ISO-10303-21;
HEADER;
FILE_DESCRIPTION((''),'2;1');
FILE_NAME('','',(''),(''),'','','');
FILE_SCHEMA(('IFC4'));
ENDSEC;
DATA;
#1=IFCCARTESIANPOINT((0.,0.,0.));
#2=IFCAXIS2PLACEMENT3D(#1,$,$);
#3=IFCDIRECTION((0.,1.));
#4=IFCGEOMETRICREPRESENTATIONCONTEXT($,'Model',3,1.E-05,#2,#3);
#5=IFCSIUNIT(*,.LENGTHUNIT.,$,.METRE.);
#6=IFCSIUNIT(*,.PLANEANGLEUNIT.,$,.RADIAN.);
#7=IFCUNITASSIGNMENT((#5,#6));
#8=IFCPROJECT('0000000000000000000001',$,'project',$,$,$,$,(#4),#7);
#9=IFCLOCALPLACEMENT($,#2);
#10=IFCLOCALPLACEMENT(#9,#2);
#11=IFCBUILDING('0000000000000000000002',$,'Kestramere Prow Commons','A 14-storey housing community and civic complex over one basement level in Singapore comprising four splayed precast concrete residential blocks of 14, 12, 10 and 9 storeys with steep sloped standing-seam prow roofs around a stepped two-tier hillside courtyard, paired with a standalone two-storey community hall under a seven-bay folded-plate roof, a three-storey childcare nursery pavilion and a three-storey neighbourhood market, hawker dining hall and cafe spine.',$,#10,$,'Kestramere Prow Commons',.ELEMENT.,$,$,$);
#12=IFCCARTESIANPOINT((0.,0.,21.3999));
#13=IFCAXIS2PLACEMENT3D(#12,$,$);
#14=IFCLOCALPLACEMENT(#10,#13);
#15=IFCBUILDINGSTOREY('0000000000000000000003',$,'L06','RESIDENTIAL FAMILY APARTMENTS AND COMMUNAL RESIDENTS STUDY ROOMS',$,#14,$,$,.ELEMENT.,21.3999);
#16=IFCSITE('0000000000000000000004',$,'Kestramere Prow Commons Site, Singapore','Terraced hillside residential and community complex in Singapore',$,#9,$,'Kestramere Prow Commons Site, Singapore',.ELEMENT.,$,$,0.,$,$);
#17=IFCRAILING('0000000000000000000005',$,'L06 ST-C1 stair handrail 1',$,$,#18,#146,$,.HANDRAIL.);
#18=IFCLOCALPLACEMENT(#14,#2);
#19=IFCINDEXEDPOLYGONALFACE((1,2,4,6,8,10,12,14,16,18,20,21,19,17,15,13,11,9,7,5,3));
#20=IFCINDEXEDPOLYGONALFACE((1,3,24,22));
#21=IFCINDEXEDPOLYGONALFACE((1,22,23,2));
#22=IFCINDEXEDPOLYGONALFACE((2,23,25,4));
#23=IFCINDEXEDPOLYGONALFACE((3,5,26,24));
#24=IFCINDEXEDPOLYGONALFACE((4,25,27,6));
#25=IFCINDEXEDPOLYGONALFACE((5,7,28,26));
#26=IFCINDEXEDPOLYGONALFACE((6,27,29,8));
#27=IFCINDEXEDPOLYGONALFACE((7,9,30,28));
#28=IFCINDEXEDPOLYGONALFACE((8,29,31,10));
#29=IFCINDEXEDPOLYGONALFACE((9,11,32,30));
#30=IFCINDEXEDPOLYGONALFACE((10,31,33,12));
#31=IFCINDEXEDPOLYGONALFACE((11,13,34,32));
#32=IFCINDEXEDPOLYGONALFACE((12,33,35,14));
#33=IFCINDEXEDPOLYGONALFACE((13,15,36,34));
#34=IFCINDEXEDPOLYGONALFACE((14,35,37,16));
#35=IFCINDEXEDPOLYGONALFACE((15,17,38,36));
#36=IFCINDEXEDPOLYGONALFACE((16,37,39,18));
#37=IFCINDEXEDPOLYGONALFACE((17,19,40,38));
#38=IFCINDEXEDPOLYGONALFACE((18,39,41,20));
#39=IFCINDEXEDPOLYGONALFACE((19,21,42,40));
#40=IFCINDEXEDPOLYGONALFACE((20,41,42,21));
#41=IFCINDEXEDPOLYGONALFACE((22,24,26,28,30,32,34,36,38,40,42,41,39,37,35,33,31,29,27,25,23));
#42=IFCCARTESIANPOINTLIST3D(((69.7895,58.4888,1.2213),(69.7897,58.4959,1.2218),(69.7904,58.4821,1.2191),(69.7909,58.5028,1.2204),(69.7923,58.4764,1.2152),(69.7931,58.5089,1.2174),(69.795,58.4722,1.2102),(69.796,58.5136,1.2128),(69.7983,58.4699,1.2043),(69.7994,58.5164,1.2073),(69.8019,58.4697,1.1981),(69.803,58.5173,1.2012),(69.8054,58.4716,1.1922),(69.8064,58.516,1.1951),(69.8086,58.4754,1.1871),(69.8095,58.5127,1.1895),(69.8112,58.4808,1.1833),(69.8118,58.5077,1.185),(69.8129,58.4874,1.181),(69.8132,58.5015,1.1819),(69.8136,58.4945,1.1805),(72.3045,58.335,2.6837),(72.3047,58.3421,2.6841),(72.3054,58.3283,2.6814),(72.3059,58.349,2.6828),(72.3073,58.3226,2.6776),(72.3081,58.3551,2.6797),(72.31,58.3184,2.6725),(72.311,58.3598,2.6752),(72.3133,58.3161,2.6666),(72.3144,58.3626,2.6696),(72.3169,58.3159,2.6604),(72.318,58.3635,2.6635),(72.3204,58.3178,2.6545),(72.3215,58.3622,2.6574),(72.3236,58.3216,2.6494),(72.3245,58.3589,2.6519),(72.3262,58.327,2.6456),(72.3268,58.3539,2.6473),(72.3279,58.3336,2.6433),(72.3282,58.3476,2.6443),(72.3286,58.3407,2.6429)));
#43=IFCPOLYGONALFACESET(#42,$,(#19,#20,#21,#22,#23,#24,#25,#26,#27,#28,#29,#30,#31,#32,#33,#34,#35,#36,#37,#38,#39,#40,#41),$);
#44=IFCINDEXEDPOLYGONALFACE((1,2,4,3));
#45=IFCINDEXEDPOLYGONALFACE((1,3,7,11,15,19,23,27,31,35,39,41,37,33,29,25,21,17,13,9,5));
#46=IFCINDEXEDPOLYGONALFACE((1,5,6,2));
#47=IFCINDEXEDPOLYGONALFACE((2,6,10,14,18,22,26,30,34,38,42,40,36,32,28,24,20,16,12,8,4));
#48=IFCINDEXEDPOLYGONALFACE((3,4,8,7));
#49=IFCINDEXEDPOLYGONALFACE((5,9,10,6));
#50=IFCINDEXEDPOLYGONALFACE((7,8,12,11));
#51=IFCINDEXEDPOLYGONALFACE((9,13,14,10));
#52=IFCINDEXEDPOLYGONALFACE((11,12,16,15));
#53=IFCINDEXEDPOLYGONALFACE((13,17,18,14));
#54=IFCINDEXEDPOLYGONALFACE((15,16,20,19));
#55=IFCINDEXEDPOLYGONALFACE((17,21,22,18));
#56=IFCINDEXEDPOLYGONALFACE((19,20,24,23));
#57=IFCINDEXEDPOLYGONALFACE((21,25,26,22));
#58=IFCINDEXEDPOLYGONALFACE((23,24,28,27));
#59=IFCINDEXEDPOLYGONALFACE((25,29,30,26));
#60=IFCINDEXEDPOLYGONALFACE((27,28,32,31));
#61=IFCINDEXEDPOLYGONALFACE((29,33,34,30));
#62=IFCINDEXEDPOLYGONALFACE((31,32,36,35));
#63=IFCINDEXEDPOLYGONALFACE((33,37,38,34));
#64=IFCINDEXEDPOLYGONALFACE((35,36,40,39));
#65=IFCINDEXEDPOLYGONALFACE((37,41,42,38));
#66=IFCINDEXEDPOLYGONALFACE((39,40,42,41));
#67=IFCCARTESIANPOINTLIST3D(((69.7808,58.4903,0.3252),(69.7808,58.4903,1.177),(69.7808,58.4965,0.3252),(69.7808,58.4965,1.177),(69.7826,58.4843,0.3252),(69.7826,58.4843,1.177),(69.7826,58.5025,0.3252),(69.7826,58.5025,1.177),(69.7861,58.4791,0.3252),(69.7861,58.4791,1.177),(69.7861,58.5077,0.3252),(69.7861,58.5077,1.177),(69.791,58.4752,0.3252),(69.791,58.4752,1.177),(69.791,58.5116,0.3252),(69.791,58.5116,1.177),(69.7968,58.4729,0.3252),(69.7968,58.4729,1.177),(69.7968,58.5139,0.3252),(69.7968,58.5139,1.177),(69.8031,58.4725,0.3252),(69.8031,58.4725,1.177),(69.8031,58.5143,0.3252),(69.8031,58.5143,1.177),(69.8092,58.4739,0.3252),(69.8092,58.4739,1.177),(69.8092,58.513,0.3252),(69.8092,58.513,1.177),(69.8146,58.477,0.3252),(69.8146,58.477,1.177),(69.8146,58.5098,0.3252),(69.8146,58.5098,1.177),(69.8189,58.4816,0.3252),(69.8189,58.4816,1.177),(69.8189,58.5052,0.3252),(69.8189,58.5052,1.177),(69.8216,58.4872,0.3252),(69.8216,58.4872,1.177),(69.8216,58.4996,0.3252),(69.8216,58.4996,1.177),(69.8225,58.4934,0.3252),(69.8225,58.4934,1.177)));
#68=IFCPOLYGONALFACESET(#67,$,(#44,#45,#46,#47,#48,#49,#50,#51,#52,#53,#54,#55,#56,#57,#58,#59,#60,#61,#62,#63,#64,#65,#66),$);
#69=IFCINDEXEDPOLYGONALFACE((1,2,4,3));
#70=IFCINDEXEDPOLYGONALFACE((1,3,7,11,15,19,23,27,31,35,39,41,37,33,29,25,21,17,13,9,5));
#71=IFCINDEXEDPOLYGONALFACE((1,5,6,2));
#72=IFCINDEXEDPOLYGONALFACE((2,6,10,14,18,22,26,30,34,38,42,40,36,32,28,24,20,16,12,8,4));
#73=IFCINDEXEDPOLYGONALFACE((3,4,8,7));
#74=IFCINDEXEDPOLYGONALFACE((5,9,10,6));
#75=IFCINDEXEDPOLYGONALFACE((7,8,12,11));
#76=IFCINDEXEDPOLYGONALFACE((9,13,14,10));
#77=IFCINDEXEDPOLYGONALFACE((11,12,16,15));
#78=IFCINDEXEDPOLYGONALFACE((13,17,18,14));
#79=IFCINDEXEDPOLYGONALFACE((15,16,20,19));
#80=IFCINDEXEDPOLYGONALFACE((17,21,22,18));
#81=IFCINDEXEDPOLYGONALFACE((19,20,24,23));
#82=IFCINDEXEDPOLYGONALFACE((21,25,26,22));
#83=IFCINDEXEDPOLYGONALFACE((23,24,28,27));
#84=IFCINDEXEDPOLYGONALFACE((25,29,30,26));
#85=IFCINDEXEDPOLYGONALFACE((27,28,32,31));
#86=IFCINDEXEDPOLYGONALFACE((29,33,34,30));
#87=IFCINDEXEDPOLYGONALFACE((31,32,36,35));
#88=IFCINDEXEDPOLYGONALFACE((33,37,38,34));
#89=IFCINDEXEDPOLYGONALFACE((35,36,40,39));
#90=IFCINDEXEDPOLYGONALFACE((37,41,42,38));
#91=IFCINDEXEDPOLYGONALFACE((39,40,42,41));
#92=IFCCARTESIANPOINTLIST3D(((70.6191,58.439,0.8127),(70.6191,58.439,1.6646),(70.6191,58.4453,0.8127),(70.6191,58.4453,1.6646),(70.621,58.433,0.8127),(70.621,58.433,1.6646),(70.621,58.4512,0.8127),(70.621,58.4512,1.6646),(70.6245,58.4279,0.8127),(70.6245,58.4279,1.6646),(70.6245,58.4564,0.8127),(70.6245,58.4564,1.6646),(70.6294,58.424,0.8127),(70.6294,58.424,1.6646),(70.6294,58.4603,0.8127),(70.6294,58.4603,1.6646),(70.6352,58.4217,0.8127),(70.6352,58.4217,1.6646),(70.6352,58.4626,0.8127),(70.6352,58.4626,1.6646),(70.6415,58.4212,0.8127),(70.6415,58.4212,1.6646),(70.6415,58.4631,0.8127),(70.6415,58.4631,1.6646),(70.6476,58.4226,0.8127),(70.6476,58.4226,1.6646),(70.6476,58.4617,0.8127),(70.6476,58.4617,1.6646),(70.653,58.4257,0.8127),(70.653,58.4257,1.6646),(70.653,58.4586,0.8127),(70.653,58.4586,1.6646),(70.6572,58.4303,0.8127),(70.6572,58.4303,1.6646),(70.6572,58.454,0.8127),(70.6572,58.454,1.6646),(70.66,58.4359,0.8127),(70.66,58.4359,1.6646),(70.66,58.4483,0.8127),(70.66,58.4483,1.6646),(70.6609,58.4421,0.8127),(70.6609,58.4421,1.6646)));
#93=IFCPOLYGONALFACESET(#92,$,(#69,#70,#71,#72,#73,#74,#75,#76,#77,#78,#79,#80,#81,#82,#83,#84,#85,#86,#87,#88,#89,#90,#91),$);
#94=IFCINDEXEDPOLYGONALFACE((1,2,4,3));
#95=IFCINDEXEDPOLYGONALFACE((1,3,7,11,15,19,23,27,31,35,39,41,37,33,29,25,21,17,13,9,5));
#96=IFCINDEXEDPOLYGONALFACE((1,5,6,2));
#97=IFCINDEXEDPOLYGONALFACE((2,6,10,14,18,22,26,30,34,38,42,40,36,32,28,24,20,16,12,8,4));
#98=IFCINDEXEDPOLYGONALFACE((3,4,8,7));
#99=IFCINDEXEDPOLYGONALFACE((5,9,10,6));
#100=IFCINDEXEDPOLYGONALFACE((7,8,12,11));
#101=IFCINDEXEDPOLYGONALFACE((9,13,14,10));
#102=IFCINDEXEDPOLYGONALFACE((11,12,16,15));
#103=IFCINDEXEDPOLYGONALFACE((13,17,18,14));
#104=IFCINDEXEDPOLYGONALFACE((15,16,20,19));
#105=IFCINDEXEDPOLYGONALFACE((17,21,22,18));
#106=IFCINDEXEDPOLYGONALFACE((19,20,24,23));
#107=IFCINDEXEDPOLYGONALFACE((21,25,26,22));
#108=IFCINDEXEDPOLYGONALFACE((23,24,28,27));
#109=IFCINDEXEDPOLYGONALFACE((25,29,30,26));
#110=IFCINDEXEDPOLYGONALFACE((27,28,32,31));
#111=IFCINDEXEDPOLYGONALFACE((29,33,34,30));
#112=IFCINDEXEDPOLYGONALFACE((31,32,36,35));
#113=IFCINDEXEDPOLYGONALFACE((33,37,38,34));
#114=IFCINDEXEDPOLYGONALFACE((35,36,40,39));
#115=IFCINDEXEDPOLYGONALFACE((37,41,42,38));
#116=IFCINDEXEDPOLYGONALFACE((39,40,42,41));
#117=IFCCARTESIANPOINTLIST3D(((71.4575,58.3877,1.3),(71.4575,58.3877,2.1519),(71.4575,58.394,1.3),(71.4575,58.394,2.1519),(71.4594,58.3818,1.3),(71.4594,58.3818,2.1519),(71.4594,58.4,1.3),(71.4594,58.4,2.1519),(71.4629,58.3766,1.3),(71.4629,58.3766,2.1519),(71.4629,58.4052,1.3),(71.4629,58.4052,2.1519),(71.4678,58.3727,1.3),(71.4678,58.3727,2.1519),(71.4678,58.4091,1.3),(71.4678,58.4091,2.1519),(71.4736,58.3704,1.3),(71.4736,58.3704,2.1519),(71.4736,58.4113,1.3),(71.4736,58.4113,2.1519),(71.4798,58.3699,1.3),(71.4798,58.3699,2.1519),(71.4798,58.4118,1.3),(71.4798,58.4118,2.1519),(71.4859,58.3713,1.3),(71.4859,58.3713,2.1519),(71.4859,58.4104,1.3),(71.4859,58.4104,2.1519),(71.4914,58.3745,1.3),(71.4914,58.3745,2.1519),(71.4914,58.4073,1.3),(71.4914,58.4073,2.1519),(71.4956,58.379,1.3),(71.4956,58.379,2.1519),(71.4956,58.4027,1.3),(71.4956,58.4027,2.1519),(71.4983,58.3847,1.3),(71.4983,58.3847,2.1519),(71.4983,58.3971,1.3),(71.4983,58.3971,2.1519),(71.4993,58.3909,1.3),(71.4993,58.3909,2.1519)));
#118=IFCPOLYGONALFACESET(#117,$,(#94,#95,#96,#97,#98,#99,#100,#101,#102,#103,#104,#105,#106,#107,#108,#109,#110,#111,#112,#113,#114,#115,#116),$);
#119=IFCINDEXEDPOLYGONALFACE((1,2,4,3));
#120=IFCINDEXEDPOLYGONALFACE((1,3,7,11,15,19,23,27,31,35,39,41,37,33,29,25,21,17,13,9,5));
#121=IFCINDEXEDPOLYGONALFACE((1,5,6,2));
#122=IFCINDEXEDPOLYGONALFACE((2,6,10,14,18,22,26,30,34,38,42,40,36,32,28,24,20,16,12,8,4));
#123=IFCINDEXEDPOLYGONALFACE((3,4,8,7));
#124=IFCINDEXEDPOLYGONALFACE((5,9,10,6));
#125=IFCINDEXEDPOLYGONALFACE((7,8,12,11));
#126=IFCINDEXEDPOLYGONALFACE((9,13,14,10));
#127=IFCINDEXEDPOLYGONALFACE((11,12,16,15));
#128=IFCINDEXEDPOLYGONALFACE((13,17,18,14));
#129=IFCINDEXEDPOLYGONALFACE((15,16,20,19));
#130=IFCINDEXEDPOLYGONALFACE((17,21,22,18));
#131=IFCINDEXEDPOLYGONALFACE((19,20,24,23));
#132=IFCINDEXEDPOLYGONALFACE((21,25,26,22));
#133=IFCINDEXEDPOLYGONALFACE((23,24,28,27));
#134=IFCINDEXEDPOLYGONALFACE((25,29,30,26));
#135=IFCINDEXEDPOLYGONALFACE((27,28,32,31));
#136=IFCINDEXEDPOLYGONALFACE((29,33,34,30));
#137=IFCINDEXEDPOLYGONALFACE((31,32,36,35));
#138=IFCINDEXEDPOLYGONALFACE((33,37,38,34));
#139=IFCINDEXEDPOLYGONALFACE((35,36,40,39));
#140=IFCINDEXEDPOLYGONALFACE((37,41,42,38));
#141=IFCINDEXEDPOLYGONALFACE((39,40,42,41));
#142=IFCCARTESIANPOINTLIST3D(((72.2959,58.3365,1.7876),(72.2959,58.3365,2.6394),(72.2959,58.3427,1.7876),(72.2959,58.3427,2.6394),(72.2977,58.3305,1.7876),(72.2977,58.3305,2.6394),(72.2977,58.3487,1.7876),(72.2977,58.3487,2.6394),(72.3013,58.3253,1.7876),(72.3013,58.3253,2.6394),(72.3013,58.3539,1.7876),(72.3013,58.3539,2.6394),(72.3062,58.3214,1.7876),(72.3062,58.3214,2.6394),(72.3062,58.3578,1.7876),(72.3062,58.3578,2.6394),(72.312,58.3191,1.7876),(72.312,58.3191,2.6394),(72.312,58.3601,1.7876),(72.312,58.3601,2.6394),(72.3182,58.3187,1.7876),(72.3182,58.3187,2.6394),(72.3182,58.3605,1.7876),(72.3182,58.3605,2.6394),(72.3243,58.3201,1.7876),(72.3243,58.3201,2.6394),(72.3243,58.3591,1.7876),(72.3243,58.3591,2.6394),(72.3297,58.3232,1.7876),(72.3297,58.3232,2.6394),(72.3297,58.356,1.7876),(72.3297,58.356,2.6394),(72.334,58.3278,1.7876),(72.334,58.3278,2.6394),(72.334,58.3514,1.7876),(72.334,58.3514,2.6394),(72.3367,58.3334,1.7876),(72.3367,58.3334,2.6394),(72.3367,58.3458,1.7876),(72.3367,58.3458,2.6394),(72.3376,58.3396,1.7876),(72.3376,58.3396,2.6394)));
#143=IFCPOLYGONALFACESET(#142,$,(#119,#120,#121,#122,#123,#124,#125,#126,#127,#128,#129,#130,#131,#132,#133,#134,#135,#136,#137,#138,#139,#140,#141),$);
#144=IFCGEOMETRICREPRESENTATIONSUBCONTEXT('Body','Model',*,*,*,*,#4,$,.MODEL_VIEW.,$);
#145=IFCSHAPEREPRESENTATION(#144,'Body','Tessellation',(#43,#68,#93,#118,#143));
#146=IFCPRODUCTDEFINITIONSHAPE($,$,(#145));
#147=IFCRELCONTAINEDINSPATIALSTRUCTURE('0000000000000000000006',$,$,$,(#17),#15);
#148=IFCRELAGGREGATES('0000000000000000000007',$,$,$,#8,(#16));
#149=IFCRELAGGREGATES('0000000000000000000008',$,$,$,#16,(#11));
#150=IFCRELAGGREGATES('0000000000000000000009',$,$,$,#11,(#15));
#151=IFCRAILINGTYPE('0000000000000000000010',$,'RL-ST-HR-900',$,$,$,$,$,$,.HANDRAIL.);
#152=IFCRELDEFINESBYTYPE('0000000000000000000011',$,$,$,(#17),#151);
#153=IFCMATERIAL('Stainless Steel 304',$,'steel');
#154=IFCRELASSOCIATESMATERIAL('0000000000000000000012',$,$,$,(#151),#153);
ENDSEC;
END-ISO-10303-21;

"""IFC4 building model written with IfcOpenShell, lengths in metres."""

from ifc_helpers import new_model, si_unit, direction, frame, origin, origin_2d, place, context, subcontext, project, spatial, circle, extrude, material, type_object, element, save


model = new_model("IFC4")

# Units and contexts
model_context = context("Model", 3, precision=1e-05, world=origin(), true_north=direction((0.0, 1.0)))
body_context = subcontext(model_context, "Body", "Model", "MODEL_VIEW")
ifc_project = project(units=[si_unit("LENGTHUNIT", "METRE"), si_unit("PLANEANGLEUNIT", "RADIAN")], contexts=[model_context])

# Site, building, storey
site_placement = place(None, origin())
site = spatial("IfcSite", under=ifc_project, at=site_placement, Name="Kestramere Prow Commons Site, Singapore", Description="Terraced hillside residential and community complex in Singapore", LongName="Kestramere Prow Commons Site, Singapore", CompositionType="ELEMENT", RefElevation=0.0)
building_placement = place(site_placement, origin())
building = spatial("IfcBuilding", under=site, at=building_placement, Name="Kestramere Prow Commons", Description="A 14-storey housing community and civic complex over one basement level in Singapore comprising four splayed precast concrete residential blocks of 14, 12, 10 and 9 storeys with steep sloped standing-seam prow roofs around a stepped two-tier hillside courtyard, paired with a standalone two-storey community hall under a seven-bay folded-plate roof, a three-storey childcare nursery pavilion and a three-storey neighbourhood market, hawker dining hall and cafe spine.", LongName="Kestramere Prow Commons", CompositionType="ELEMENT")
storey_placement = place(building_placement, frame((0.0, 0.0, 21.3999)))
storey = spatial("IfcBuildingStorey", under=building, at=storey_placement, Name="L06", Description="RESIDENTIAL FAMILY APARTMENTS AND COMMUNAL RESIDENTS STUDY ROOMS", CompositionType="ELEMENT", Elevation=21.3999)

# Railing
ifc_material_1 = material(Name="Stainless Steel 304", Category="steel")
railing_type_1 = type_object("IfcRailingType", Name="RL-ST-HR-900", PredefinedType="HANDRAIL", material=ifc_material_1)
railing_1_placement = place(storey_placement, frame((69.8015, 58.4934, 0.3252)))
element("IfcRailing", 1, at=railing_1_placement, inside=storey, type_object=railing_type_1, Name="L06 ST-C1 stair handrail 1", PredefinedType="HANDRAIL", context=body_context, shape_type="SweptSolid", body=[
    extrude(circle(Radius=0.0239, at=origin_2d()), frame((0.0, 0.0, 0.876), z_axis=(0.863285, -0.052793, 0.501949), x_axis=(0.061039, 0.998135, 0.0)), (0.0, 0.0, 1.0), 2.9133),
    extrude(circle(Radius=0.021, at=origin_2d()), origin(), (0.0, 0.0, 1.0), 0.8518),
    extrude(circle(Radius=0.021, at=origin_2d()), frame((0.8384, -0.0513, 0.4875)), (0.0, 0.0, 1.0), 0.8518),
    extrude(circle(Radius=0.021, at=origin_2d()), frame((1.6768, -0.1025, 0.9749)), (0.0, 0.0, 1.0), 0.8518),
    extrude(circle(Radius=0.021, at=origin_2d()), frame((2.5151, -0.1538, 1.4624)), (0.0, 0.0, 1.0), 0.8518),
])

save(model, "model.ifc")
